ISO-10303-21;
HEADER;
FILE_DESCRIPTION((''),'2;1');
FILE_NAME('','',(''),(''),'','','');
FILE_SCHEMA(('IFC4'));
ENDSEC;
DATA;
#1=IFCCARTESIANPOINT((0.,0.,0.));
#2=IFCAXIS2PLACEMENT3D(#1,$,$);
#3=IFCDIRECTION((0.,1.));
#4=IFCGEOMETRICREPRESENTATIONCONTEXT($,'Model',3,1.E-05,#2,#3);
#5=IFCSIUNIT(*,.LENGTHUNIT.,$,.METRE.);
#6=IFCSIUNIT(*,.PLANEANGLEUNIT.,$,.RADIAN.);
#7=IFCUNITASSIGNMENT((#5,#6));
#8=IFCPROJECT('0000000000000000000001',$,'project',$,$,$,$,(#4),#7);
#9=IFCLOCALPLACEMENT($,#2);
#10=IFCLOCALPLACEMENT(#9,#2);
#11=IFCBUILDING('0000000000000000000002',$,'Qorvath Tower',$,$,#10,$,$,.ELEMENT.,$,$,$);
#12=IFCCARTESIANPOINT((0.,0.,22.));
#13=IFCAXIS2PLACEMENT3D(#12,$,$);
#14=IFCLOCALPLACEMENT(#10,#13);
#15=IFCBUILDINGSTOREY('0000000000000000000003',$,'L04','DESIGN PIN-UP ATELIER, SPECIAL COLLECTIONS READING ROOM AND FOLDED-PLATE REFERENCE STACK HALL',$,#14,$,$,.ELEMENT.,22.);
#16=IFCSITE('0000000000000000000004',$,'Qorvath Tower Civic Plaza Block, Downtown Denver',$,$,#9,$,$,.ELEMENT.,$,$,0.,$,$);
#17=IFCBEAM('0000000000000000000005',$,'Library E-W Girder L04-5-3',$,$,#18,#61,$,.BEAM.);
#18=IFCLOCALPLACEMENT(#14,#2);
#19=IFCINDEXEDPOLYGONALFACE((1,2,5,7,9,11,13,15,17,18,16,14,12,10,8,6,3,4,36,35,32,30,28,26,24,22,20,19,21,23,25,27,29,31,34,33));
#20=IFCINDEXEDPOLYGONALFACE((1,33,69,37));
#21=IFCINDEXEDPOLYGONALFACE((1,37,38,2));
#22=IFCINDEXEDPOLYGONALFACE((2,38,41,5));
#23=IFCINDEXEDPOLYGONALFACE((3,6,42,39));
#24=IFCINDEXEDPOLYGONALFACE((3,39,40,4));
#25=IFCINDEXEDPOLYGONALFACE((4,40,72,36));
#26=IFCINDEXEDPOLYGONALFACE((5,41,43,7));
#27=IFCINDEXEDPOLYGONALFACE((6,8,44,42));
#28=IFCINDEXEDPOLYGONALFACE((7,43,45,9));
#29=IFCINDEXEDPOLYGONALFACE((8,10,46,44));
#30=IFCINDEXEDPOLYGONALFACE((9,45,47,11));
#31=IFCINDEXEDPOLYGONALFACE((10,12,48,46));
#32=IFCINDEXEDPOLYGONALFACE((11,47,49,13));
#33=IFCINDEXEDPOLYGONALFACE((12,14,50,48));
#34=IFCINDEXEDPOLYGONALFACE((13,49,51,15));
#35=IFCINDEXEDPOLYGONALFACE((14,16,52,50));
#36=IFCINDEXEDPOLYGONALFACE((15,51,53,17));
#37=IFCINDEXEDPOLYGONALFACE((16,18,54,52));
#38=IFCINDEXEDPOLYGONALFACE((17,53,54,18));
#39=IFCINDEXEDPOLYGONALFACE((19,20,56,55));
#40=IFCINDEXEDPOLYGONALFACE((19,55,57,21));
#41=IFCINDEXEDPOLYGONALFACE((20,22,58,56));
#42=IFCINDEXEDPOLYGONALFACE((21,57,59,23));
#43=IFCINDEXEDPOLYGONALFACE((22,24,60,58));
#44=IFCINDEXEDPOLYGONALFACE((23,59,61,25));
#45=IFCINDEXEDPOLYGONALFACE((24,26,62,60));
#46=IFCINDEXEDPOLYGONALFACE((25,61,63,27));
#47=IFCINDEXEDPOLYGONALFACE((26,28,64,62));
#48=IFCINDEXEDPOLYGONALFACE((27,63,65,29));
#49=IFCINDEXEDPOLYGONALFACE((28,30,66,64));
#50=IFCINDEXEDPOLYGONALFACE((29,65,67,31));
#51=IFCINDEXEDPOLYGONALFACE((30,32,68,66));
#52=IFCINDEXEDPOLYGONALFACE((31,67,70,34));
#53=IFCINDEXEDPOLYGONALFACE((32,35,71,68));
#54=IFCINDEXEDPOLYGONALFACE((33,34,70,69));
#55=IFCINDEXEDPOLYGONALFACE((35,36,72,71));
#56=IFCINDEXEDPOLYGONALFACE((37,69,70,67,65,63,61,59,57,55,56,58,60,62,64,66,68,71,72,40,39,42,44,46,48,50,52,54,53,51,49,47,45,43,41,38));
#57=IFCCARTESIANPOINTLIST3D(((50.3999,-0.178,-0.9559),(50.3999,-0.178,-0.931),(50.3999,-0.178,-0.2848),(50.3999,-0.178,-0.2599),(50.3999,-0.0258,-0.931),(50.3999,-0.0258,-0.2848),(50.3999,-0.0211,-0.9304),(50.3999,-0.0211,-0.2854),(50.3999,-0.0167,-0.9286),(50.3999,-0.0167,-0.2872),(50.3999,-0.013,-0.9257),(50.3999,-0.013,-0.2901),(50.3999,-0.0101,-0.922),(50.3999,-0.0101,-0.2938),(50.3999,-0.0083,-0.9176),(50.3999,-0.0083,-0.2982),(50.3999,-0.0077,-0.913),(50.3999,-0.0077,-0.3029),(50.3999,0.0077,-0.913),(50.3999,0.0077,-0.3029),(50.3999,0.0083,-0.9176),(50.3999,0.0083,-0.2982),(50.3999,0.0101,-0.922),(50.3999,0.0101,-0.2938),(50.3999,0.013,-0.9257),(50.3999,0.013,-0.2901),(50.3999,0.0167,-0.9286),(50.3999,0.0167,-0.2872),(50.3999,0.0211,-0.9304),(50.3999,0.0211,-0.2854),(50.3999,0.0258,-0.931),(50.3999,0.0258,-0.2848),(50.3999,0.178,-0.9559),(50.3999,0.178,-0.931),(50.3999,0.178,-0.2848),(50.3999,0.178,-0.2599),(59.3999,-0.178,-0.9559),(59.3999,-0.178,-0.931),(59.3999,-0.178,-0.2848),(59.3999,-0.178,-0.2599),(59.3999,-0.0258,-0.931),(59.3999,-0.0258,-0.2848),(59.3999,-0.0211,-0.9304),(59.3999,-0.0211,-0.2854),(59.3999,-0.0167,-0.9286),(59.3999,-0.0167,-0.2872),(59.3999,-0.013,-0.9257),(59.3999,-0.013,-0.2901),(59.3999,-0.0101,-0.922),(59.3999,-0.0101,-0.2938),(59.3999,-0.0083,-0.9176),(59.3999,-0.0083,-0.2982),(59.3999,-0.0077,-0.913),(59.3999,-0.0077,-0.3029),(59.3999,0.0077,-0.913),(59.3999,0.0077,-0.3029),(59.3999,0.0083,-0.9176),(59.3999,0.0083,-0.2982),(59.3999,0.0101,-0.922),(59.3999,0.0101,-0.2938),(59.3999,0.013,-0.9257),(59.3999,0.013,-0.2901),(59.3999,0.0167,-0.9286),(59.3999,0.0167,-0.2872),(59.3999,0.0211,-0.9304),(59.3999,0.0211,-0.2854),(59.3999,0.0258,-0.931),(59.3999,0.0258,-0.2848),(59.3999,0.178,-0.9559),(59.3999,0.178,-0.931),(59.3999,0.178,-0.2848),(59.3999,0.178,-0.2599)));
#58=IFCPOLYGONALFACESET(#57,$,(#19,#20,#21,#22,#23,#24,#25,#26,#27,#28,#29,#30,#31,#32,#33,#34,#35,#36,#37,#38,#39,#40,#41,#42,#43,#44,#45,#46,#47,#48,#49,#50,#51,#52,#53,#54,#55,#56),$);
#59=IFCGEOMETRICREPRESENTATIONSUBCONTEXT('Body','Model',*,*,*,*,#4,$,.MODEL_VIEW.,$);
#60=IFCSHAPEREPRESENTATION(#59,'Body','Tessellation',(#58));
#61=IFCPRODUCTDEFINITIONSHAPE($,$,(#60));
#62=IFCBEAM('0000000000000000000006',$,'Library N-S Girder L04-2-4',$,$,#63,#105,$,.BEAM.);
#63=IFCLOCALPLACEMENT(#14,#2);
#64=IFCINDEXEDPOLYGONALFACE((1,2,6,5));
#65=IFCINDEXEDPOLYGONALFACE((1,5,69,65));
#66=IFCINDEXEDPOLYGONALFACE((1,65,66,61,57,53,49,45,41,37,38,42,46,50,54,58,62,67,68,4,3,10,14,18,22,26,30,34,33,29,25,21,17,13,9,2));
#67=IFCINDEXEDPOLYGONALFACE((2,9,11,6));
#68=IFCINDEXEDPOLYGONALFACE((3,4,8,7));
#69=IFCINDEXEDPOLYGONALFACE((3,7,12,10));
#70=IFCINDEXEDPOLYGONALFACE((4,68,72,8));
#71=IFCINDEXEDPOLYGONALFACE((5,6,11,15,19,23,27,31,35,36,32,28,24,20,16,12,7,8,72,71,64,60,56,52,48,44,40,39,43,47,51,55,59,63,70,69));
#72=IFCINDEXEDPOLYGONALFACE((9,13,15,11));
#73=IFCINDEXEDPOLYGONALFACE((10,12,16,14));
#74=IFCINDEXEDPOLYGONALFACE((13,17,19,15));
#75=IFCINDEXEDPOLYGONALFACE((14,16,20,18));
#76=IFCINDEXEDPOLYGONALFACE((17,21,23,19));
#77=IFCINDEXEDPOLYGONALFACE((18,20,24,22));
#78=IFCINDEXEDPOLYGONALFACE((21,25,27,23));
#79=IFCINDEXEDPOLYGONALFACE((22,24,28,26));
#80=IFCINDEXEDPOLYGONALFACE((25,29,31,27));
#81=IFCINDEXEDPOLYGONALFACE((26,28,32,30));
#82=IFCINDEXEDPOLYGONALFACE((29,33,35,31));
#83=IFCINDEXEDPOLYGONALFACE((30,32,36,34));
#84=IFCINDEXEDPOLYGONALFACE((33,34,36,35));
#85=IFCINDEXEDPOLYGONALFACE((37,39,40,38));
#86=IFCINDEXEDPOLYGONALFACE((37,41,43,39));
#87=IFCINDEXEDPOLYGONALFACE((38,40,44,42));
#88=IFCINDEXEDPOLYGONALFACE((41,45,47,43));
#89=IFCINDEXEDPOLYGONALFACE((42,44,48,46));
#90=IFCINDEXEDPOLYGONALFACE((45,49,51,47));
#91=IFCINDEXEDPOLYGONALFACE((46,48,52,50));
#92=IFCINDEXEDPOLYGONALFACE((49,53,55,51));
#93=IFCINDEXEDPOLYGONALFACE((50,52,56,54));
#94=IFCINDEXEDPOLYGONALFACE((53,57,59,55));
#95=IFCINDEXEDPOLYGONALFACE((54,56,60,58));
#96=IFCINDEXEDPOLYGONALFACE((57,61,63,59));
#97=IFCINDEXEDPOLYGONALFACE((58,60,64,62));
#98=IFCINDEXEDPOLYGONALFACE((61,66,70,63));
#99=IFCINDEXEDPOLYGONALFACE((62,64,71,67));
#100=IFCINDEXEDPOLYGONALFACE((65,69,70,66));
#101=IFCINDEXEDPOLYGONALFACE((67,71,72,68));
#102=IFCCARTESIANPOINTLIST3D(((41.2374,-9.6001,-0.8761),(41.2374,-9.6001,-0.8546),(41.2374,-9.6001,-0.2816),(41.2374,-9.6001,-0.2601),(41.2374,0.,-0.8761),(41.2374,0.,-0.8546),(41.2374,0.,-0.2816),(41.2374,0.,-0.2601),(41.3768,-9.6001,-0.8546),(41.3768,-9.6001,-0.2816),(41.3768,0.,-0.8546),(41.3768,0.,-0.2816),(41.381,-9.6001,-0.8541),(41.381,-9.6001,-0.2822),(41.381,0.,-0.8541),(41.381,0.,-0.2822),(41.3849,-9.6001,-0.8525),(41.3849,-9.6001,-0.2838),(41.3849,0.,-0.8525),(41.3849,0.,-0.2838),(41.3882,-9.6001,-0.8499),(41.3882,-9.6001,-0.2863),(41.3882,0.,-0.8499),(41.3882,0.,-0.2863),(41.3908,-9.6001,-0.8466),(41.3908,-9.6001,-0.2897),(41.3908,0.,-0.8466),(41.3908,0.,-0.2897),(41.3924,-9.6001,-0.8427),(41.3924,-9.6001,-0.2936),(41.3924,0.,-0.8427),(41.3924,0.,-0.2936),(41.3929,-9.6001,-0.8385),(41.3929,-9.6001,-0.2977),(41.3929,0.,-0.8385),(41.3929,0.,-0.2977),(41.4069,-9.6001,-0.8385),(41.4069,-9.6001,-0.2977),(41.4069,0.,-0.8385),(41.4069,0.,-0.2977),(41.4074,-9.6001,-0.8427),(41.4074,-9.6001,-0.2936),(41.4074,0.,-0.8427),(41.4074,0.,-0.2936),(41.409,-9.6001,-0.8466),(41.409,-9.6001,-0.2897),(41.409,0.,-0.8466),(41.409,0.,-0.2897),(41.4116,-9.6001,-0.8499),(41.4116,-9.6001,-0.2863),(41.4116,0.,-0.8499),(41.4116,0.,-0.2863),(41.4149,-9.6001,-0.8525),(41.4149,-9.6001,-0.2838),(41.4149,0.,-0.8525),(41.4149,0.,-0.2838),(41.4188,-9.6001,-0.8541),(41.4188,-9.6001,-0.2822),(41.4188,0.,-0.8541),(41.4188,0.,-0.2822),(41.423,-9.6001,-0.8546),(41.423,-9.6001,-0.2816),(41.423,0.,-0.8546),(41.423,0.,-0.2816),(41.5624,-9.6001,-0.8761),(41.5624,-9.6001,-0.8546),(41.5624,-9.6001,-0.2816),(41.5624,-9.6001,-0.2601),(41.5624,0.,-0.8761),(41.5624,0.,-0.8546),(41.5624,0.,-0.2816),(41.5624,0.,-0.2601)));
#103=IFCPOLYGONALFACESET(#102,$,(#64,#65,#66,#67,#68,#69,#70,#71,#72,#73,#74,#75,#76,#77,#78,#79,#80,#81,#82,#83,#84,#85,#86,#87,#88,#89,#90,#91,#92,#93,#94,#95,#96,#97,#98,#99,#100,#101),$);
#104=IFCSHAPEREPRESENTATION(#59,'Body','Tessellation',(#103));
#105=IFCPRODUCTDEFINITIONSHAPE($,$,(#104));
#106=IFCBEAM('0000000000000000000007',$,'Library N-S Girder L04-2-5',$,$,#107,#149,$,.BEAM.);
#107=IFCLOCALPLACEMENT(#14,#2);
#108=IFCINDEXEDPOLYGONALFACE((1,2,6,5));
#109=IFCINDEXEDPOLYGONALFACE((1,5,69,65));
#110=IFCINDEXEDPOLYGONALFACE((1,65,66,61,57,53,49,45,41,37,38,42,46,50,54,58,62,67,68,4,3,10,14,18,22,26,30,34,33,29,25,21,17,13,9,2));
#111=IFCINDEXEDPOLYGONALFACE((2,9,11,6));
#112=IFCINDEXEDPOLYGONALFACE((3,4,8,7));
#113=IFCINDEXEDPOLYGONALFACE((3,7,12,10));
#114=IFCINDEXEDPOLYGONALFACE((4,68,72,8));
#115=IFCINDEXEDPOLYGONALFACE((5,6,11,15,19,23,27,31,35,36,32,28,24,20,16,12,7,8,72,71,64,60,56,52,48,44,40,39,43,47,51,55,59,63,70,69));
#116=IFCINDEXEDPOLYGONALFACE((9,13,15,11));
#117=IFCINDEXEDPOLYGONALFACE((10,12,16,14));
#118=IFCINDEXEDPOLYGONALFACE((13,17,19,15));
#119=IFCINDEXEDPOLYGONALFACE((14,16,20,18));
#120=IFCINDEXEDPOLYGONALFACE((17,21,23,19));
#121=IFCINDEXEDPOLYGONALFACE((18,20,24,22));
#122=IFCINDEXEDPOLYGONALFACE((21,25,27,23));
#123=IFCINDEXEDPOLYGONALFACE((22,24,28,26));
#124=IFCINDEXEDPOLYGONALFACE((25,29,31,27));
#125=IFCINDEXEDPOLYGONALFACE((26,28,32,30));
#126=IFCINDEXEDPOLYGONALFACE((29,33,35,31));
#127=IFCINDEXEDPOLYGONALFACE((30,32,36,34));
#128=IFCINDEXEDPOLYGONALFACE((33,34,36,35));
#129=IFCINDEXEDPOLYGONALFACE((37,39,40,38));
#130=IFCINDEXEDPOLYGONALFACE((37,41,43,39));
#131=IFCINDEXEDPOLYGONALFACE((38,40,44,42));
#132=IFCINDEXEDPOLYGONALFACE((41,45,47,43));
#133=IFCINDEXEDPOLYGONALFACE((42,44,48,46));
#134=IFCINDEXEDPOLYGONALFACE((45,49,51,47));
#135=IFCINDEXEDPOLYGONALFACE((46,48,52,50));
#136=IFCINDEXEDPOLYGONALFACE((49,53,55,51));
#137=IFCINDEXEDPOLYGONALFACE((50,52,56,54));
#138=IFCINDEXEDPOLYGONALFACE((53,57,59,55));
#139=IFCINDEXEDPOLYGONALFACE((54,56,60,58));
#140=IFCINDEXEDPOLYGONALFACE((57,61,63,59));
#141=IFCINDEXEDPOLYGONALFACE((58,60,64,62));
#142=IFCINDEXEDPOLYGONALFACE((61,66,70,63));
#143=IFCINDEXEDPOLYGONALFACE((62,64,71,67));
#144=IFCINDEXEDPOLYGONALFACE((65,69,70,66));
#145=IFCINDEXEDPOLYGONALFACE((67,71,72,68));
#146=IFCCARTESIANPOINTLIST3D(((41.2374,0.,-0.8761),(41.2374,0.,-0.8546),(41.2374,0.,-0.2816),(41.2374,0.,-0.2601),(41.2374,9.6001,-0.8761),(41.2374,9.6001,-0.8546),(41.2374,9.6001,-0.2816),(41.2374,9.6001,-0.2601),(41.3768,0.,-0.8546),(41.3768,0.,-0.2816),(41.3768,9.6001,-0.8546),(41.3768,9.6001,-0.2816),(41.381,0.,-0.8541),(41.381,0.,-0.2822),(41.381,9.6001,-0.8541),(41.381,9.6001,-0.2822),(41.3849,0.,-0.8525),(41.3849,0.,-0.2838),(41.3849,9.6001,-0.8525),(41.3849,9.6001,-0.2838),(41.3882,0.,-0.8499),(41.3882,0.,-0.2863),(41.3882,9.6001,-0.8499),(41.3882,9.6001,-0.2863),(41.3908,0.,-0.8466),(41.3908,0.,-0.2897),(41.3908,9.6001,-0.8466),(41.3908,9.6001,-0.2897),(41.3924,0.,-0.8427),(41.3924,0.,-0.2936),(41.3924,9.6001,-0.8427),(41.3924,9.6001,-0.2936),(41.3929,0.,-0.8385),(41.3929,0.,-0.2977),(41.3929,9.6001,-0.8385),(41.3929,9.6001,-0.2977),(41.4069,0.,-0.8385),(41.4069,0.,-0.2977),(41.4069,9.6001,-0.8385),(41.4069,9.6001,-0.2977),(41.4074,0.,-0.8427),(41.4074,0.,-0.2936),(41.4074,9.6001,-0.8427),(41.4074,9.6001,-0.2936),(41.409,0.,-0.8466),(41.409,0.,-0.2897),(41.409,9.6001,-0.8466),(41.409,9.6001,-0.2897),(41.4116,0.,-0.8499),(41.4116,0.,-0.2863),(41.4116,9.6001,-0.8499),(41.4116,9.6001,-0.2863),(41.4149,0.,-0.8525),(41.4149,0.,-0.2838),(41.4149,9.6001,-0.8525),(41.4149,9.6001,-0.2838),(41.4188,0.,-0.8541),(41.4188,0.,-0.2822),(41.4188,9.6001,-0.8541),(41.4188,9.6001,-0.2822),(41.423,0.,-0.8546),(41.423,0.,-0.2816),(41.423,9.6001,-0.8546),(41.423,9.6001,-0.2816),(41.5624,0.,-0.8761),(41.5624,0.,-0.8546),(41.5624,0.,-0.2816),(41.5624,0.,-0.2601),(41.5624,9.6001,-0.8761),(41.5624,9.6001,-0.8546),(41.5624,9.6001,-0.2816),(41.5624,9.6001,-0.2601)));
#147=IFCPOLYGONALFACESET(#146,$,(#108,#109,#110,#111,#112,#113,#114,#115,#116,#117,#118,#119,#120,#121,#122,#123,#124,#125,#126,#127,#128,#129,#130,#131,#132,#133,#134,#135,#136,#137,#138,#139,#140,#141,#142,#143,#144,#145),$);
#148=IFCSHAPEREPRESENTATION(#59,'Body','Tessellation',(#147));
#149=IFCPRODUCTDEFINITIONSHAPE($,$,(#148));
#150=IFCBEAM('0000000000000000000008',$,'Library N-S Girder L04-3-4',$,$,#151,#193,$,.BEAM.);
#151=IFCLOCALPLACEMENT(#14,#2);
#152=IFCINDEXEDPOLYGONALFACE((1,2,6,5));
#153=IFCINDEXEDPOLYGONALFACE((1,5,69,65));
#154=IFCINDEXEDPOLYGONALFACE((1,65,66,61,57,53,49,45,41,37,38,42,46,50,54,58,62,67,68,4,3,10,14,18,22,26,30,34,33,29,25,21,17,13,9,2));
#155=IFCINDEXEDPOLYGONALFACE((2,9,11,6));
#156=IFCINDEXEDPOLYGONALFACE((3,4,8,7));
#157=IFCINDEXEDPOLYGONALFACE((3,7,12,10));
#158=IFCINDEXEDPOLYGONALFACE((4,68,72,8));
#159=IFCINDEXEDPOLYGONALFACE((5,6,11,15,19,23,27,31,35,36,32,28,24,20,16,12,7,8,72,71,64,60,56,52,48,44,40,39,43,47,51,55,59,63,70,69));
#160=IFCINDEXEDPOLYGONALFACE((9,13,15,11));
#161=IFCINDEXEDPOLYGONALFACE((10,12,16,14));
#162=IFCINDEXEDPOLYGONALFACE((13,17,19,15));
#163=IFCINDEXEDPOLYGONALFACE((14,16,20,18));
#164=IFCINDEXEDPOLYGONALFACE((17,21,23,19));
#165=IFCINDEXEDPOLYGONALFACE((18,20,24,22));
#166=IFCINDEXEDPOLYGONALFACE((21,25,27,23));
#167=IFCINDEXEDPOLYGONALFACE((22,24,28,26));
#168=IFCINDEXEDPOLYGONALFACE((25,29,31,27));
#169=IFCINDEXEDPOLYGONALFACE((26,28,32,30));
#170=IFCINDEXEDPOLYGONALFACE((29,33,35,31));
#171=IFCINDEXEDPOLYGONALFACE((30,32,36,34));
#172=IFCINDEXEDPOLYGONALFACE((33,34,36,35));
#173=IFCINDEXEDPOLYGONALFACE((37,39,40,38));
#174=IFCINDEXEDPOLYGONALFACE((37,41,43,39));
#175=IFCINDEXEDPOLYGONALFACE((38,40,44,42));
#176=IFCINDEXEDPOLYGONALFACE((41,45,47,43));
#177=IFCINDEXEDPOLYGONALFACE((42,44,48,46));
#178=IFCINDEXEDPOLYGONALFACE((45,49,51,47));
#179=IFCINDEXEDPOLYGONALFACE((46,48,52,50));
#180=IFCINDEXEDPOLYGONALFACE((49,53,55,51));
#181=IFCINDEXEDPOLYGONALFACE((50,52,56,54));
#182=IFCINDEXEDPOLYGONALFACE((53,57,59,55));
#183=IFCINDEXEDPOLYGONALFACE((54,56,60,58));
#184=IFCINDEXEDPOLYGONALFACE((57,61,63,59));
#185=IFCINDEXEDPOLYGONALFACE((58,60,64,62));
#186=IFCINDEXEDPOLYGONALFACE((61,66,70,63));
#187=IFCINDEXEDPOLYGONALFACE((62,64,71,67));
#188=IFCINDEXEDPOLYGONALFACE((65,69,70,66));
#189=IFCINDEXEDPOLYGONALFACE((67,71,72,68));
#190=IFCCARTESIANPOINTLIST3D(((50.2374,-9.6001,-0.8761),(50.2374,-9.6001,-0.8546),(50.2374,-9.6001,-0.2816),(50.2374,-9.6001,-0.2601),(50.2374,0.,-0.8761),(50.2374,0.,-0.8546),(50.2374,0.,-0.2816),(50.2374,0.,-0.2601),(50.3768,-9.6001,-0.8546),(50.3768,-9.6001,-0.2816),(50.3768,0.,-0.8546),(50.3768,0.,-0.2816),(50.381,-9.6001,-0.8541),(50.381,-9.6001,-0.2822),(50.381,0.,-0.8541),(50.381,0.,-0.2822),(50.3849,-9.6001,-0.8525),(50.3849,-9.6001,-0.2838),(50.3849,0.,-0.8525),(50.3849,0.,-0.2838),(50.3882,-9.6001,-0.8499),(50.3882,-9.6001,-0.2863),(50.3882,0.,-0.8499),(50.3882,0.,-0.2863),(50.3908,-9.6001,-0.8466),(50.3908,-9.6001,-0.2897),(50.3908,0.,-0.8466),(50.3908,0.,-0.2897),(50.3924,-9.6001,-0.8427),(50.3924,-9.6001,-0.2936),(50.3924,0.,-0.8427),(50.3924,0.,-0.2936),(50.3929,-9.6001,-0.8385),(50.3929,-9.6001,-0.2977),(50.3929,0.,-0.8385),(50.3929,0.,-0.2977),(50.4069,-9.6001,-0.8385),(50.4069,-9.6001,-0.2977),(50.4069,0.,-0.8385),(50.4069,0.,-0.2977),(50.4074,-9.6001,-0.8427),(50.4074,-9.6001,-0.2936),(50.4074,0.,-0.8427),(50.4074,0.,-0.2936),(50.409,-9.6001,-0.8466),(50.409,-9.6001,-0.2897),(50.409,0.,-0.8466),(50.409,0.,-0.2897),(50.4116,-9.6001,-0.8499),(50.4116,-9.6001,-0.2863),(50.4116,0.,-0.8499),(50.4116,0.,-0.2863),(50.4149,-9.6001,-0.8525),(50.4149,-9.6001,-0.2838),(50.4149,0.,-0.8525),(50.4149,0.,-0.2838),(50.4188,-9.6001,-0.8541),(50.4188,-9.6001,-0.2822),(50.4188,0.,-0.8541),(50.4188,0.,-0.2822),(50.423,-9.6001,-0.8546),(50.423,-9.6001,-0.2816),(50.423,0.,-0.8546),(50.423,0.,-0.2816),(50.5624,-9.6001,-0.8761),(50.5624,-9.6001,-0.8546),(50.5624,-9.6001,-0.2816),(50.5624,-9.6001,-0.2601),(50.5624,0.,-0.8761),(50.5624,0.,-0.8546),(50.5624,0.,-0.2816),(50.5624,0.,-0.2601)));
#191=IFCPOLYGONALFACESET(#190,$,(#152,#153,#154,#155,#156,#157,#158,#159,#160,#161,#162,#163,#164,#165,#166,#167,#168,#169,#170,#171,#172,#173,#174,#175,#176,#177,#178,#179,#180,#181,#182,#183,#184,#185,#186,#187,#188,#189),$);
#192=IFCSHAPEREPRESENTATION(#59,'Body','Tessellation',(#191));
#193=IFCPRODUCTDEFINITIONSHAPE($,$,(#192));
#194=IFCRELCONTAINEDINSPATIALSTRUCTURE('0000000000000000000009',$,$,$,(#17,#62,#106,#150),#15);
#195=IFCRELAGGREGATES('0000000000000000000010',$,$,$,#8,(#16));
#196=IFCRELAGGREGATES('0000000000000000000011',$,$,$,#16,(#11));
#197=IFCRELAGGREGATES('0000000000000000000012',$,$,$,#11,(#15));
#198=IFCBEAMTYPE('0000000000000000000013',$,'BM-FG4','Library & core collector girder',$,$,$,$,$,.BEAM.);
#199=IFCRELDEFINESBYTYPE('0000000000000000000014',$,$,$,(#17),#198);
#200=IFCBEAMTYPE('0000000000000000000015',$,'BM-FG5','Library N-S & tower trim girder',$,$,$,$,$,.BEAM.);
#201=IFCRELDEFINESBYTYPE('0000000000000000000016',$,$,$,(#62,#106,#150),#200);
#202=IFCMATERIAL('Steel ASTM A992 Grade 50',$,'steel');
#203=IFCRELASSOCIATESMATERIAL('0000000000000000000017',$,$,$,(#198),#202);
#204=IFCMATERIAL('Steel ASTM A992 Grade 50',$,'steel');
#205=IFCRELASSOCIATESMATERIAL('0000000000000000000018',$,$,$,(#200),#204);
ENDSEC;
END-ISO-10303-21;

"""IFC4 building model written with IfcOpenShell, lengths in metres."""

from ifc_helpers import new_model, si_unit, direction, frame, origin, origin_2d, place, context, subcontext, project, spatial, i_section, extrude, material, material_profile, profile_set, type_object, element, save


model = new_model("IFC4")

# Units and contexts
model_context = context("Model", 3, precision=1e-05, world=origin(), true_north=direction((0.0, 1.0)))
body_context = subcontext(model_context, "Body", "Model", "MODEL_VIEW")
ifc_project = project(units=[si_unit("LENGTHUNIT", "METRE"), si_unit("PLANEANGLEUNIT", "RADIAN")], contexts=[model_context])

# Site, building, storey
site_placement = place(None, origin())
site = spatial("IfcSite", under=ifc_project, at=site_placement, Name="Qorvath Tower Civic Plaza Block, Downtown Denver", CompositionType="ELEMENT", RefElevation=0.0)
building_placement = place(site_placement, origin())
building = spatial("IfcBuilding", under=site, at=building_placement, Name="Qorvath Tower", CompositionType="ELEMENT")
storey_placement = place(building_placement, frame((0.0, 0.0, 22.0)))
storey = spatial("IfcBuildingStorey", under=building, at=storey_placement, Name="L04", Description="DESIGN PIN-UP ATELIER, SPECIAL COLLECTIONS READING ROOM AND FOLDED-PLATE REFERENCE STACK HALL", CompositionType="ELEMENT", Elevation=22.0)

# Beams
ifc_material_1 = material(Name="Steel ASTM A992 Grade 50", Category="steel")
ifc_material_profile_1 = material_profile(ifc_material_1, i_section(OverallWidth=0.356, OverallDepth=0.696, WebThickness=0.0154, FlangeThickness=0.0249, FilletRadius=0.0181, at=origin_2d()), Name="W27x146")
ifc_profile_set_1 = profile_set([ifc_material_profile_1], Name="Steel ASTM A992 Grade 50")
beam_type_1 = type_object("IfcBeamType", Name="BM-FG4", Description="Library & core collector girder", PredefinedType="BEAM", material=ifc_profile_set_1)
for number, where, z_axis, x_axis, name in (
    (1, (50.3999, 0.0, -0.6079), (1.0, 0.0, 0.0), (0.0, 1.0, 0.0), "Library E-W Girder L04-5-3"),
):
    element("IfcBeam", number, at=place(storey_placement, frame(where, z_axis=z_axis, x_axis=x_axis)), inside=storey, type_object=beam_type_1, Name=name, PredefinedType="BEAM", context=body_context, shape_type="SweptSolid", body=[
        extrude(i_section(OverallWidth=0.356, OverallDepth=0.696, WebThickness=0.0154, FlangeThickness=0.0249, FilletRadius=0.0181, at=origin_2d()), origin(), (0.0, 0.0, 1.0), 9.0),
    ])
ifc_material_2 = material(Name="Steel ASTM A992 Grade 50", Category="steel")
ifc_material_profile_2 = material_profile(ifc_material_2, i_section(OverallWidth=0.325, OverallDepth=0.616, WebThickness=0.0139, FlangeThickness=0.0215, FilletRadius=0.0161, at=origin_2d()), Name="W24x117")
ifc_profile_set_2 = profile_set([ifc_material_profile_2], Name="Steel ASTM A992 Grade 50")
beam_type_2 = type_object("IfcBeamType", Name="BM-FG5", Description="Library N-S & tower trim girder", PredefinedType="BEAM", material=ifc_profile_set_2)
for number, where, z_axis, x_axis, name in (
    (2, (41.3999, -9.6001, -0.5681), (0.0, 1.0, 0.0), (-1.0, 0.0, 0.0), "Library N-S Girder L04-2-4"),
    (3, (41.3999, 0.0, -0.5681), (0.0, 1.0, 0.0), (-1.0, 0.0, 0.0), "Library N-S Girder L04-2-5"),
    (4, (50.3999, -9.6001, -0.5681), (0.0, 1.0, 0.0), (-1.0, 0.0, 0.0), "Library N-S Girder L04-3-4"),
):
    element("IfcBeam", number, at=place(storey_placement, frame(where, z_axis=z_axis, x_axis=x_axis)), inside=storey, type_object=beam_type_2, Name=name, PredefinedType="BEAM", context=body_context, shape_type="SweptSolid", body=[
        extrude(i_section(OverallWidth=0.325, OverallDepth=0.616, WebThickness=0.0139, FlangeThickness=0.0215, FilletRadius=0.0161, at=origin_2d()), origin(), (0.0, 0.0, 1.0), 9.6001),
    ])

save(model, "model.ifc")
